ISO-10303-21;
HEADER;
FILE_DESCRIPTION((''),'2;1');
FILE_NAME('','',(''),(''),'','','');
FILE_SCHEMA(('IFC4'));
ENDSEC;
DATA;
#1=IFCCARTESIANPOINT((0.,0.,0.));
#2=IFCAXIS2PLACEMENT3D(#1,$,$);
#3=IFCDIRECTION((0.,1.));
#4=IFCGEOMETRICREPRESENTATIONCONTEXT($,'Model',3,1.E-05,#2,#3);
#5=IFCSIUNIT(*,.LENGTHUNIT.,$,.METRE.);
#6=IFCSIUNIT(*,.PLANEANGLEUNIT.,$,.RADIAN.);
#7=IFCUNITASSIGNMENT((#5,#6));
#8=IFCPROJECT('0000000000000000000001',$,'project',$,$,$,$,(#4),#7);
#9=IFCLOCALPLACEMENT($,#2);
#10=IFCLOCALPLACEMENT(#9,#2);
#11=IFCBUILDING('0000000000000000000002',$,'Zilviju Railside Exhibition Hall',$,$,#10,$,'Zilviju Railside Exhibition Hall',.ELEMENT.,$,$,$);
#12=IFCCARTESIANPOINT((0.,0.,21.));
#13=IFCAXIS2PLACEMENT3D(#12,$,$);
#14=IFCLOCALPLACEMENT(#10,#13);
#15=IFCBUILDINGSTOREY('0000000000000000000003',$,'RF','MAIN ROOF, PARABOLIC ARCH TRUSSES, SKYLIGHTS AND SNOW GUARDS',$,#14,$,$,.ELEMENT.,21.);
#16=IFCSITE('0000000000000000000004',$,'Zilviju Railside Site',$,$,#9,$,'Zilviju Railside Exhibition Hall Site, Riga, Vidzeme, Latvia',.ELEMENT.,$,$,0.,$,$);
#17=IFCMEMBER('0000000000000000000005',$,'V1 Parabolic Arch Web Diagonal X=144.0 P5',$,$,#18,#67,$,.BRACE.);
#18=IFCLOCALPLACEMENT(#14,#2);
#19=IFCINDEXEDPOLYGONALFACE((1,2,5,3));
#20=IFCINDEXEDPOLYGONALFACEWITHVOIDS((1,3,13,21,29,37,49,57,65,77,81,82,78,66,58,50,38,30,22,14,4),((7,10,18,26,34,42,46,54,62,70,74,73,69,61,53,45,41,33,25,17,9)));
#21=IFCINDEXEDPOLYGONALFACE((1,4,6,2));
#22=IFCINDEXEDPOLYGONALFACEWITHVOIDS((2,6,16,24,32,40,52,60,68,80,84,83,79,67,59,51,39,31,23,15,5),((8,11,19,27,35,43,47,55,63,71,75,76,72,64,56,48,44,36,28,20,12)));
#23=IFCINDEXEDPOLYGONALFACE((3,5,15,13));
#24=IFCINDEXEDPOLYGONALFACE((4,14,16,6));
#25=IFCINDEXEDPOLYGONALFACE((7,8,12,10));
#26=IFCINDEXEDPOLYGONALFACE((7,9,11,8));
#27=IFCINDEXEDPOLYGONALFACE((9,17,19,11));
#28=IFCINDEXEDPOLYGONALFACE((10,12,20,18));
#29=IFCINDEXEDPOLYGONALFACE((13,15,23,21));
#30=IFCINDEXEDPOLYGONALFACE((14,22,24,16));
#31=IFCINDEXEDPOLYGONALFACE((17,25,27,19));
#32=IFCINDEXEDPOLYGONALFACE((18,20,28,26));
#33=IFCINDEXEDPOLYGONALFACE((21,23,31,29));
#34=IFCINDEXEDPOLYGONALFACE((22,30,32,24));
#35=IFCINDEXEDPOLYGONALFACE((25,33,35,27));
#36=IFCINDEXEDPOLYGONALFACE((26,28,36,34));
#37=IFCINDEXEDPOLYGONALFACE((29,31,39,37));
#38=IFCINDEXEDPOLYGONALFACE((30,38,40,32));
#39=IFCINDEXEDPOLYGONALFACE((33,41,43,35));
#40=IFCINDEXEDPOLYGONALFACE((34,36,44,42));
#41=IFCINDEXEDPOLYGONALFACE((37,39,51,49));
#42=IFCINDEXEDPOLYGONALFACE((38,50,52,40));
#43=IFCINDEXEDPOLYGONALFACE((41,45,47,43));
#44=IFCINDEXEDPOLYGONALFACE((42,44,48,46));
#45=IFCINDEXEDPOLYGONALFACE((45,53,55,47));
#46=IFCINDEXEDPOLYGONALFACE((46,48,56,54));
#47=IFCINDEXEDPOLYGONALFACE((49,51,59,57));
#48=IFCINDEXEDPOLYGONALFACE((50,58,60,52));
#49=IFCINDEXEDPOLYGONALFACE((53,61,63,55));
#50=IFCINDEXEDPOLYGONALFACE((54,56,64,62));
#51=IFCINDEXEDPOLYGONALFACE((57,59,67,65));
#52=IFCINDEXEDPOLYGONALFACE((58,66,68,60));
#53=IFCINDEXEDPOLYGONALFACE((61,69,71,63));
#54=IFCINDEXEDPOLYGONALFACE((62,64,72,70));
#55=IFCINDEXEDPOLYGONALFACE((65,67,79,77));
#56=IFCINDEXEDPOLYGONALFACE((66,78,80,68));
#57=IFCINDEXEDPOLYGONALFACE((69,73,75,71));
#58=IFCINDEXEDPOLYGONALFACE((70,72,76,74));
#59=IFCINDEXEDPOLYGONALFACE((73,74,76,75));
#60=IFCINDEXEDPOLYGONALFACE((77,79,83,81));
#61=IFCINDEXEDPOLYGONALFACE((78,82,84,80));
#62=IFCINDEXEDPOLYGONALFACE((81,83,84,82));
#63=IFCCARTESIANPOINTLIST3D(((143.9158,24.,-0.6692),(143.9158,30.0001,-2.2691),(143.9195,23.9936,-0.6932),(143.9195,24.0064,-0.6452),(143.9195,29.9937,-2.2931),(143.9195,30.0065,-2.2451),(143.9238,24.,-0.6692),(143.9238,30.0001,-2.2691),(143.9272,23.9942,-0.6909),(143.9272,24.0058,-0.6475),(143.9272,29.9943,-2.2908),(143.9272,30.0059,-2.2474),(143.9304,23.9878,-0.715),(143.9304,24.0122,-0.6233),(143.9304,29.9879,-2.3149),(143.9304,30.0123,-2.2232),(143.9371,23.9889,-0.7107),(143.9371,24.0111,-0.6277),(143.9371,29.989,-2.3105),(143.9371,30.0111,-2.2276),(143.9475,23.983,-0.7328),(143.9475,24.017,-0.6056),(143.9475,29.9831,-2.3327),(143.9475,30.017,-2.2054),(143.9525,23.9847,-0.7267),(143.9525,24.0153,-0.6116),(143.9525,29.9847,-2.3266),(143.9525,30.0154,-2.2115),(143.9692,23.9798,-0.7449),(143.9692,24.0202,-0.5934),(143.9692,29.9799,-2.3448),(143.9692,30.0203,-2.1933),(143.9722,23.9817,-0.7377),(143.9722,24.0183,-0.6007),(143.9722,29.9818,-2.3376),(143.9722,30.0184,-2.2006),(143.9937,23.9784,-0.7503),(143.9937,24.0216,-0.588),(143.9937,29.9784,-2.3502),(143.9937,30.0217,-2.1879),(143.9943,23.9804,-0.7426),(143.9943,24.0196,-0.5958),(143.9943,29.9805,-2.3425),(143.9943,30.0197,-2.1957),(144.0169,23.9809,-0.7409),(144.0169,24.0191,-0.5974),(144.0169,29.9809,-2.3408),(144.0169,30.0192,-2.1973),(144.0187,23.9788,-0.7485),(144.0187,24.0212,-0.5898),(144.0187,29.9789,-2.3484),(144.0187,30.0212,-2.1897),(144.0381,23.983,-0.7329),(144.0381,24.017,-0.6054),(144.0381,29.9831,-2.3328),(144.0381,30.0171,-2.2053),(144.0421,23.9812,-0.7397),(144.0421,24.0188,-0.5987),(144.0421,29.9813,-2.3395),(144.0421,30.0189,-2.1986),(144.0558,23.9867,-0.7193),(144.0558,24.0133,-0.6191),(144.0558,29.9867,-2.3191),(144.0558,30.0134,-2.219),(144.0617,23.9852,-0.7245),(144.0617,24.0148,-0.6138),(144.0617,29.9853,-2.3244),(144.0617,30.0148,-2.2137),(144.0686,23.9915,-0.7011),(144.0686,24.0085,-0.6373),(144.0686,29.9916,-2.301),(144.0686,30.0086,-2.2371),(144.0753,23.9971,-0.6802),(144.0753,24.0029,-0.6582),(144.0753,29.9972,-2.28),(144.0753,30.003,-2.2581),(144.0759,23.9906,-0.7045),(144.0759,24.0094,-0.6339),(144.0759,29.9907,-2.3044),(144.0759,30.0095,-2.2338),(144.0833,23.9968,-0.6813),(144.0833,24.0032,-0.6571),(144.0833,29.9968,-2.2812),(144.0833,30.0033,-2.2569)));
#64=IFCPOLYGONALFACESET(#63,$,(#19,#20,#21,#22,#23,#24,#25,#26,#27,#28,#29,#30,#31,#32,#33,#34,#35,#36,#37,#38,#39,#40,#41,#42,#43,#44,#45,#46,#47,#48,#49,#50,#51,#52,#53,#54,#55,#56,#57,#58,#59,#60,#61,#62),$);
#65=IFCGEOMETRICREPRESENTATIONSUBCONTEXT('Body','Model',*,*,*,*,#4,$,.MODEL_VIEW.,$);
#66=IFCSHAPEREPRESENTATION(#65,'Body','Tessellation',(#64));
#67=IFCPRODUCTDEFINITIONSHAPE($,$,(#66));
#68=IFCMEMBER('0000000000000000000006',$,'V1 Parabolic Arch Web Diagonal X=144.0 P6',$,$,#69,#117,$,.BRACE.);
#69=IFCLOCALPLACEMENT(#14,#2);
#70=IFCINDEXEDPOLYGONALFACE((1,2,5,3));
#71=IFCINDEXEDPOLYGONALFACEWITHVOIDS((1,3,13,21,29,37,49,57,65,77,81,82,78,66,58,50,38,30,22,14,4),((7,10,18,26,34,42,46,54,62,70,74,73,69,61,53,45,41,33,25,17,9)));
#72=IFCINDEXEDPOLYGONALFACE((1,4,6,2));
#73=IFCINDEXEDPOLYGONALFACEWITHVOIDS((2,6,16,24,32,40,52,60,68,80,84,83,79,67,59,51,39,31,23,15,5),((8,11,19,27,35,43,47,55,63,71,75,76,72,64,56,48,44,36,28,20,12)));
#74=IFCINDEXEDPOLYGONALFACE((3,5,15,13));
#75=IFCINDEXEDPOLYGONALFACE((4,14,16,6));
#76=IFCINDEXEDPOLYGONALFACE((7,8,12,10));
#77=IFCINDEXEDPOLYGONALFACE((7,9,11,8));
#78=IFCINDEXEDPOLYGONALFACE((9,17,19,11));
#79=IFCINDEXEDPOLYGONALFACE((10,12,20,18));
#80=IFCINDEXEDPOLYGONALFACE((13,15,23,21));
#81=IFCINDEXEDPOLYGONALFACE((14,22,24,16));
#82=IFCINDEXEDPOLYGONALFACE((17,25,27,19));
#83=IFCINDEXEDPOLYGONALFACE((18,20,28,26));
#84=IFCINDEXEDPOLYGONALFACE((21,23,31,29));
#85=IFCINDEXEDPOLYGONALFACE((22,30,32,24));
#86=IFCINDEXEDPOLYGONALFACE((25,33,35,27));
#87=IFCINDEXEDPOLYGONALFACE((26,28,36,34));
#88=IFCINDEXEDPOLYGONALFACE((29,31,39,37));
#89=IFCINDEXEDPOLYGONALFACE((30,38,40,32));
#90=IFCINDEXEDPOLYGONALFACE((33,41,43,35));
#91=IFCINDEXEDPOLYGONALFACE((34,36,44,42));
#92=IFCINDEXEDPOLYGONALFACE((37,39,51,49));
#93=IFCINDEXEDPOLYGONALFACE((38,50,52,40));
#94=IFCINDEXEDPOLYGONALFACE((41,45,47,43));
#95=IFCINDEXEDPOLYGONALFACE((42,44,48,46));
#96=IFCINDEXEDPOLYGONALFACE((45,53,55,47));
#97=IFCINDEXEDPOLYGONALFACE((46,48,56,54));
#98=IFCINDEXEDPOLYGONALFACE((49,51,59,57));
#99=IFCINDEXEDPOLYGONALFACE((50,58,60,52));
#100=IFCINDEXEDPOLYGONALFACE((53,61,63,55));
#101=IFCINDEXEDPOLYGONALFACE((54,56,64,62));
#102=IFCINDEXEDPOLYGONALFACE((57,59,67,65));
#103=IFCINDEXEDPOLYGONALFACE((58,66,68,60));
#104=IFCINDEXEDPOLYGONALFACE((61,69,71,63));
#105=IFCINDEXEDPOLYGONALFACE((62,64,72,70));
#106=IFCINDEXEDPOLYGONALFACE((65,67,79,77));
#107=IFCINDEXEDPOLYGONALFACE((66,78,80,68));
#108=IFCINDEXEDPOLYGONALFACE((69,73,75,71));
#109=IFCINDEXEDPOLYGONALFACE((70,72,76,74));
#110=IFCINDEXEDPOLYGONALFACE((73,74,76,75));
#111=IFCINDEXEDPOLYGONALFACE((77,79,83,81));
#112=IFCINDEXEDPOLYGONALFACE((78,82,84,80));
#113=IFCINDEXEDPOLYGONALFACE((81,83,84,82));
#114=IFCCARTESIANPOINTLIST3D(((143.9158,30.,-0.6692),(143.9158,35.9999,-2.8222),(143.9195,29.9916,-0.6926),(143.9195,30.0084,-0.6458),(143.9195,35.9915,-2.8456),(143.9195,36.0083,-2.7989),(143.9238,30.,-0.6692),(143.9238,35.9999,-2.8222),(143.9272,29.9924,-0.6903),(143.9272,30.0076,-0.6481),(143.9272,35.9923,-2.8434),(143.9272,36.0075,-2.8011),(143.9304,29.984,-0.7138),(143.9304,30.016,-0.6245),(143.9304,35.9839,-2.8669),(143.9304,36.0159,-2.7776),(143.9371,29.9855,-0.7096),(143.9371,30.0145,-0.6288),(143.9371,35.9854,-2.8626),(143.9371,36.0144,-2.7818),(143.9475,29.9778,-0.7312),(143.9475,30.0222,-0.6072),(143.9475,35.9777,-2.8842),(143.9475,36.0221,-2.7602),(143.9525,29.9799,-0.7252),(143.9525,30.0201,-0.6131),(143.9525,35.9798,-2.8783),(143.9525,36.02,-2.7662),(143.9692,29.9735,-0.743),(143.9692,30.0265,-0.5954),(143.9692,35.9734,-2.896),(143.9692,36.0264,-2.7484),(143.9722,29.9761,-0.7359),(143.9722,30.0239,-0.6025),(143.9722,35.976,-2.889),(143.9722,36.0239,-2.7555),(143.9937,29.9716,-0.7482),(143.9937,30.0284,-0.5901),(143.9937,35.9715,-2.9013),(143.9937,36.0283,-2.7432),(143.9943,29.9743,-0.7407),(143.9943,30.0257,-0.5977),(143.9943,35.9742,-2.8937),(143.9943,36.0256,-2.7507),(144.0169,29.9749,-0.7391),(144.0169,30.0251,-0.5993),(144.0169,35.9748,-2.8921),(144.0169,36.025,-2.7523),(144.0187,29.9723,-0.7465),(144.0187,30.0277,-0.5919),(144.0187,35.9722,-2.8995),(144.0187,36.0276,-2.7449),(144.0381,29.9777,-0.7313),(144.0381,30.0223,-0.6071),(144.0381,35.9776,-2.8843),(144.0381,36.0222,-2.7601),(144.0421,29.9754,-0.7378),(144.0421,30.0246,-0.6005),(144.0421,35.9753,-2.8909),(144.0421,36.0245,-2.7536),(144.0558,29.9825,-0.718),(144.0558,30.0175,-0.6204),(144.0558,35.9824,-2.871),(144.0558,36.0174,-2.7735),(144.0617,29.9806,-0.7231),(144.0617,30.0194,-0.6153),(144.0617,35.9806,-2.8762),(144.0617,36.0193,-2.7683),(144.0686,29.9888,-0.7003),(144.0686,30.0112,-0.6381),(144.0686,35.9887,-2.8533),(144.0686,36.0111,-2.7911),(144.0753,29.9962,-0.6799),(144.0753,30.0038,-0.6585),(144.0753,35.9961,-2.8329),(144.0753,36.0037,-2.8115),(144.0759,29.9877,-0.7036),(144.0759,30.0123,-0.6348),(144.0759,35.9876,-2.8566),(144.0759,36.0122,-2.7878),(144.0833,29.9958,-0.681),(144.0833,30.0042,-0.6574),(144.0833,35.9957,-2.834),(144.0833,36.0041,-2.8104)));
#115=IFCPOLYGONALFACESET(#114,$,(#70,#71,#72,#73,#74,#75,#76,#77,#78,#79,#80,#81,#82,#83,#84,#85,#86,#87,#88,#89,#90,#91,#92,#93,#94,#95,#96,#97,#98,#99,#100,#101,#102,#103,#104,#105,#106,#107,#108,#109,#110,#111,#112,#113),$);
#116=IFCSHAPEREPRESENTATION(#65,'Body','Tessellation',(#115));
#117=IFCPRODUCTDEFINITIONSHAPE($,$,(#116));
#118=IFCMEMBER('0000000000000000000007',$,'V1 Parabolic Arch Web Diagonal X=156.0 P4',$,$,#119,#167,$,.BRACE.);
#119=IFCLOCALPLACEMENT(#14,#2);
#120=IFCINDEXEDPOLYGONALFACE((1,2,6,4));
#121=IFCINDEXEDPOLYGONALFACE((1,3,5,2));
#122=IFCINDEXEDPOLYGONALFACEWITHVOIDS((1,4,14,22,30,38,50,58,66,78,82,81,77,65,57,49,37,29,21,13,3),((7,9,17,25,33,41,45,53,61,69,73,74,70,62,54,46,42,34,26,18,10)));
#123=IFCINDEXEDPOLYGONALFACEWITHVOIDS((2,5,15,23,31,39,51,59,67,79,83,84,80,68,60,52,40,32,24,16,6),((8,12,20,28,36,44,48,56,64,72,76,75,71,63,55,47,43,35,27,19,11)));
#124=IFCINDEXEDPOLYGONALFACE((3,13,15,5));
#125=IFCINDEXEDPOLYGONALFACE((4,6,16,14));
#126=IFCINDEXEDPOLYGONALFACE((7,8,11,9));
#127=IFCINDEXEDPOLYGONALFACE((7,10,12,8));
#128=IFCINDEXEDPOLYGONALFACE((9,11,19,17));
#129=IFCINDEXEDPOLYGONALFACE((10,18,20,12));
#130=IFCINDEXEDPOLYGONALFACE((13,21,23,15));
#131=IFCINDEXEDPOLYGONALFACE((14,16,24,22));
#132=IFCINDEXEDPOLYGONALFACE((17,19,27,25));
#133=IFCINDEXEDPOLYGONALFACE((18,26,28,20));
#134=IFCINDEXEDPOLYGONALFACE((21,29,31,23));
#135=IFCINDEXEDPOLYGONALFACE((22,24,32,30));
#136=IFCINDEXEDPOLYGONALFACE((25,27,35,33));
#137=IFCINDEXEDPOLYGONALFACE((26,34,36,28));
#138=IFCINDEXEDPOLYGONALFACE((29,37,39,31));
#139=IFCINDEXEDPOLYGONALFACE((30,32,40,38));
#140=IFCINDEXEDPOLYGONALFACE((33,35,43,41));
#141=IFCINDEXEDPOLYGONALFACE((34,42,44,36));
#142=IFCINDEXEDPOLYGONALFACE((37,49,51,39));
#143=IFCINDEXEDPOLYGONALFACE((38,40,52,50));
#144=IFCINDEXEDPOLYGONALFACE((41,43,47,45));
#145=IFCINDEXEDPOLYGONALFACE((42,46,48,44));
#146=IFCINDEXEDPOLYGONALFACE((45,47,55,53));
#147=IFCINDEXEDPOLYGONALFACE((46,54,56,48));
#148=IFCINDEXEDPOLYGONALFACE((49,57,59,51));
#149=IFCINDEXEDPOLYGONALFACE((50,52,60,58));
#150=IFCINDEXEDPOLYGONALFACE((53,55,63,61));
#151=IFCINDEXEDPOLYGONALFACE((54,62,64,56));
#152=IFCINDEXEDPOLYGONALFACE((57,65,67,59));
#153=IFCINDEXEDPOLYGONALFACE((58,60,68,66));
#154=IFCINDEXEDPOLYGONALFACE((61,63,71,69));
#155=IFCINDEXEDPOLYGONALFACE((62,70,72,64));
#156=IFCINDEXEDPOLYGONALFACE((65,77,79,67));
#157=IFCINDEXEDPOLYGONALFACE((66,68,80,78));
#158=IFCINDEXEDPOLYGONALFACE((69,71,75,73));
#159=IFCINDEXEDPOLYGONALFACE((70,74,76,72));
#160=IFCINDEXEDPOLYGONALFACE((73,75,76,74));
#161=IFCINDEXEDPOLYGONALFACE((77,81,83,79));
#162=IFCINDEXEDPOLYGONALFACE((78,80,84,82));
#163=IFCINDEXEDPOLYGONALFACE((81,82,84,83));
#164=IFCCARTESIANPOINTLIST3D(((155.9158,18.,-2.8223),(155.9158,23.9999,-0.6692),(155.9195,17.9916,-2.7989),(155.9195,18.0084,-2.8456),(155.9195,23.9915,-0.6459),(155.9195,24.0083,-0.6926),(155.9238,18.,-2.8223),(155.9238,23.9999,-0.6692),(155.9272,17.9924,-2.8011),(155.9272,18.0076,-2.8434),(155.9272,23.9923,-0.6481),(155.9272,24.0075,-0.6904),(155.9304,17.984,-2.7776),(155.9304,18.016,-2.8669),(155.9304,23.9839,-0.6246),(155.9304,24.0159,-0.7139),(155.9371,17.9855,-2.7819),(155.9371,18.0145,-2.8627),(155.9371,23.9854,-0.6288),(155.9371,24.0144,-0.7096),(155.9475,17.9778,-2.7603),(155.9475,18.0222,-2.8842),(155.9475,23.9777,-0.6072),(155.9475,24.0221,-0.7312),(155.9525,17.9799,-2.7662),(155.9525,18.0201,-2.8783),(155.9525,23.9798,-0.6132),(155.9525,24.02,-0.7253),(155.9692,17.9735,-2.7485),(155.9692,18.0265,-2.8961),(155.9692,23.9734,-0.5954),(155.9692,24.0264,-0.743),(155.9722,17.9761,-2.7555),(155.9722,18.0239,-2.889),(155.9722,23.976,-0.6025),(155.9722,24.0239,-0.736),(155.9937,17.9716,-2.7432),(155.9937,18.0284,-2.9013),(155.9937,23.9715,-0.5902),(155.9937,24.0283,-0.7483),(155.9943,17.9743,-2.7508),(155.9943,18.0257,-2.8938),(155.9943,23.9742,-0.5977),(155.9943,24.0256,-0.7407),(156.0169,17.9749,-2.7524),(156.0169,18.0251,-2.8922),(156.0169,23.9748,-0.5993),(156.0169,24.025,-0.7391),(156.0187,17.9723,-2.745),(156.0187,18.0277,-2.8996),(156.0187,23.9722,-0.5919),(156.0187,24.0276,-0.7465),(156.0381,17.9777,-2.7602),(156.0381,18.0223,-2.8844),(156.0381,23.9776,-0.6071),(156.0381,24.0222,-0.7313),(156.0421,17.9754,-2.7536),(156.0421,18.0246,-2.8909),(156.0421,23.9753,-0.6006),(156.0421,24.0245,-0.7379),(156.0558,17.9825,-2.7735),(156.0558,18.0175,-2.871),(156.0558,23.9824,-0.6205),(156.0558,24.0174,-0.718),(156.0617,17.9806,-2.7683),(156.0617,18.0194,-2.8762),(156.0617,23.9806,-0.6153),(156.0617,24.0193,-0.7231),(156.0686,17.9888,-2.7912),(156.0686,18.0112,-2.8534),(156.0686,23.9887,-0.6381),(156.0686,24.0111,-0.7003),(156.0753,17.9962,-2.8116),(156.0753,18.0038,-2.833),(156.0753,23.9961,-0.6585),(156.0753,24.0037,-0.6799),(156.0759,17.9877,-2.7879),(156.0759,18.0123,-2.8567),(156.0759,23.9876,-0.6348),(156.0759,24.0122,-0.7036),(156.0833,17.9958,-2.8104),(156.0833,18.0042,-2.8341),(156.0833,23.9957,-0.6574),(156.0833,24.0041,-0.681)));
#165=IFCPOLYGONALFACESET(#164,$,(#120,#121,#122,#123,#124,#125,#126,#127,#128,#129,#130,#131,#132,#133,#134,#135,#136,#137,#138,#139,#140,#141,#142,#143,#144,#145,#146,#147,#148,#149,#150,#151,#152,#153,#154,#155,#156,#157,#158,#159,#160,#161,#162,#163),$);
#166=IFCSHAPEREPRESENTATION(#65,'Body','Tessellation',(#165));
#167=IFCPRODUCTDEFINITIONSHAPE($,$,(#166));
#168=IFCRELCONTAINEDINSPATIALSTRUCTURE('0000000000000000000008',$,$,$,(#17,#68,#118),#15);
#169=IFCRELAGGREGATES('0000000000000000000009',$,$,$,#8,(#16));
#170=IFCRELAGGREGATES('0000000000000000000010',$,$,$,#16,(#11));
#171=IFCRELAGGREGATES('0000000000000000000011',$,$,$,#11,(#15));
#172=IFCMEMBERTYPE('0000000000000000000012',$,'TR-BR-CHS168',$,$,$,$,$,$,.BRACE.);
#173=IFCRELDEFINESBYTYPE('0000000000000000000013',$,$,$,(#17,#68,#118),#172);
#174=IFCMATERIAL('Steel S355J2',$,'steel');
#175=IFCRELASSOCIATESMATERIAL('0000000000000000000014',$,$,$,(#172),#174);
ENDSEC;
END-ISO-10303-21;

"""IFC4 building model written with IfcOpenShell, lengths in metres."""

from ifc_helpers import new_model, si_unit, direction, frame, origin, origin_2d, place, context, subcontext, project, spatial, hollow_circle, extrude, material, material_profile, profile_set, type_object, element, save


model = new_model("IFC4")

# Units and contexts
model_context = context("Model", 3, precision=1e-05, world=origin(), true_north=direction((0.0, 1.0)))
body_context = subcontext(model_context, "Body", "Model", "MODEL_VIEW")
ifc_project = project(units=[si_unit("LENGTHUNIT", "METRE"), si_unit("PLANEANGLEUNIT", "RADIAN")], contexts=[model_context])

# Site, building, storey
site_placement = place(None, origin())
site = spatial("IfcSite", under=ifc_project, at=site_placement, Name="Zilviju Railside Site", LongName="Zilviju Railside Exhibition Hall Site, Riga, Vidzeme, Latvia", CompositionType="ELEMENT", RefElevation=0.0)
building_placement = place(site_placement, origin())
building = spatial("IfcBuilding", under=site, at=building_placement, Name="Zilviju Railside Exhibition Hall", LongName="Zilviju Railside Exhibition Hall", CompositionType="ELEMENT")
storey_placement = place(building_placement, frame((0.0, 0.0, 21.0)))
storey = spatial("IfcBuildingStorey", under=building, at=storey_placement, Name="RF", Description="MAIN ROOF, PARABOLIC ARCH TRUSSES, SKYLIGHTS AND SNOW GUARDS", CompositionType="ELEMENT", Elevation=21.0)

# Members
ifc_material_1 = material(Name="Steel S355J2", Category="steel")
ifc_material_profile_1 = material_profile(ifc_material_1, hollow_circle(Radius=0.0842, WallThickness=0.0081, at=origin_2d()), Name="CHS 168.3x8.0")
ifc_profile_set_1 = profile_set([ifc_material_profile_1], Name="Steel S355J2")
member_type_1 = type_object("IfcMemberType", Name="TR-BR-CHS168", PredefinedType="BRACE", material=ifc_profile_set_1)
member_1_placement = place(storey_placement, frame((144.0, 24.0, -0.6692), z_axis=(0.0, 0.966241, -0.257641), x_axis=(-1.0, 0.0, 0.0)))
element("IfcMember", 1, at=member_1_placement, inside=storey, type_object=member_type_1, Name="V1 Parabolic Arch Web Diagonal X=144.0 P5", PredefinedType="BRACE", context=body_context, shape_type="SweptSolid", body=[
    extrude(hollow_circle(Radius=0.0842, WallThickness=0.0081, at=origin_2d()), origin(), (0.0, 0.0, 1.0), 6.2097),
])
for number, where, z_axis, x_axis, name in (
    (2, (144.0, 30.0, -0.6692), (0.0, 0.941233, -0.337758), (-1.0, 0.0, 0.0), "V1 Parabolic Arch Web Diagonal X=144.0 P6"),
    (3, (156.0, 18.0, -2.8223), (0.0, 0.941233, 0.337758), (-1.0, 0.0, 0.0), "V1 Parabolic Arch Web Diagonal X=156.0 P4"),
):
    element("IfcMember", number, at=place(storey_placement, frame(where, z_axis=z_axis, x_axis=x_axis)), inside=storey, type_object=member_type_1, Name=name, PredefinedType="BRACE", context=body_context, shape_type="SweptSolid", body=[
        extrude(hollow_circle(Radius=0.0842, WallThickness=0.0081, at=origin_2d()), origin(), (0.0, 0.0, 1.0), 6.3745),
    ])

save(model, "model.ifc")
